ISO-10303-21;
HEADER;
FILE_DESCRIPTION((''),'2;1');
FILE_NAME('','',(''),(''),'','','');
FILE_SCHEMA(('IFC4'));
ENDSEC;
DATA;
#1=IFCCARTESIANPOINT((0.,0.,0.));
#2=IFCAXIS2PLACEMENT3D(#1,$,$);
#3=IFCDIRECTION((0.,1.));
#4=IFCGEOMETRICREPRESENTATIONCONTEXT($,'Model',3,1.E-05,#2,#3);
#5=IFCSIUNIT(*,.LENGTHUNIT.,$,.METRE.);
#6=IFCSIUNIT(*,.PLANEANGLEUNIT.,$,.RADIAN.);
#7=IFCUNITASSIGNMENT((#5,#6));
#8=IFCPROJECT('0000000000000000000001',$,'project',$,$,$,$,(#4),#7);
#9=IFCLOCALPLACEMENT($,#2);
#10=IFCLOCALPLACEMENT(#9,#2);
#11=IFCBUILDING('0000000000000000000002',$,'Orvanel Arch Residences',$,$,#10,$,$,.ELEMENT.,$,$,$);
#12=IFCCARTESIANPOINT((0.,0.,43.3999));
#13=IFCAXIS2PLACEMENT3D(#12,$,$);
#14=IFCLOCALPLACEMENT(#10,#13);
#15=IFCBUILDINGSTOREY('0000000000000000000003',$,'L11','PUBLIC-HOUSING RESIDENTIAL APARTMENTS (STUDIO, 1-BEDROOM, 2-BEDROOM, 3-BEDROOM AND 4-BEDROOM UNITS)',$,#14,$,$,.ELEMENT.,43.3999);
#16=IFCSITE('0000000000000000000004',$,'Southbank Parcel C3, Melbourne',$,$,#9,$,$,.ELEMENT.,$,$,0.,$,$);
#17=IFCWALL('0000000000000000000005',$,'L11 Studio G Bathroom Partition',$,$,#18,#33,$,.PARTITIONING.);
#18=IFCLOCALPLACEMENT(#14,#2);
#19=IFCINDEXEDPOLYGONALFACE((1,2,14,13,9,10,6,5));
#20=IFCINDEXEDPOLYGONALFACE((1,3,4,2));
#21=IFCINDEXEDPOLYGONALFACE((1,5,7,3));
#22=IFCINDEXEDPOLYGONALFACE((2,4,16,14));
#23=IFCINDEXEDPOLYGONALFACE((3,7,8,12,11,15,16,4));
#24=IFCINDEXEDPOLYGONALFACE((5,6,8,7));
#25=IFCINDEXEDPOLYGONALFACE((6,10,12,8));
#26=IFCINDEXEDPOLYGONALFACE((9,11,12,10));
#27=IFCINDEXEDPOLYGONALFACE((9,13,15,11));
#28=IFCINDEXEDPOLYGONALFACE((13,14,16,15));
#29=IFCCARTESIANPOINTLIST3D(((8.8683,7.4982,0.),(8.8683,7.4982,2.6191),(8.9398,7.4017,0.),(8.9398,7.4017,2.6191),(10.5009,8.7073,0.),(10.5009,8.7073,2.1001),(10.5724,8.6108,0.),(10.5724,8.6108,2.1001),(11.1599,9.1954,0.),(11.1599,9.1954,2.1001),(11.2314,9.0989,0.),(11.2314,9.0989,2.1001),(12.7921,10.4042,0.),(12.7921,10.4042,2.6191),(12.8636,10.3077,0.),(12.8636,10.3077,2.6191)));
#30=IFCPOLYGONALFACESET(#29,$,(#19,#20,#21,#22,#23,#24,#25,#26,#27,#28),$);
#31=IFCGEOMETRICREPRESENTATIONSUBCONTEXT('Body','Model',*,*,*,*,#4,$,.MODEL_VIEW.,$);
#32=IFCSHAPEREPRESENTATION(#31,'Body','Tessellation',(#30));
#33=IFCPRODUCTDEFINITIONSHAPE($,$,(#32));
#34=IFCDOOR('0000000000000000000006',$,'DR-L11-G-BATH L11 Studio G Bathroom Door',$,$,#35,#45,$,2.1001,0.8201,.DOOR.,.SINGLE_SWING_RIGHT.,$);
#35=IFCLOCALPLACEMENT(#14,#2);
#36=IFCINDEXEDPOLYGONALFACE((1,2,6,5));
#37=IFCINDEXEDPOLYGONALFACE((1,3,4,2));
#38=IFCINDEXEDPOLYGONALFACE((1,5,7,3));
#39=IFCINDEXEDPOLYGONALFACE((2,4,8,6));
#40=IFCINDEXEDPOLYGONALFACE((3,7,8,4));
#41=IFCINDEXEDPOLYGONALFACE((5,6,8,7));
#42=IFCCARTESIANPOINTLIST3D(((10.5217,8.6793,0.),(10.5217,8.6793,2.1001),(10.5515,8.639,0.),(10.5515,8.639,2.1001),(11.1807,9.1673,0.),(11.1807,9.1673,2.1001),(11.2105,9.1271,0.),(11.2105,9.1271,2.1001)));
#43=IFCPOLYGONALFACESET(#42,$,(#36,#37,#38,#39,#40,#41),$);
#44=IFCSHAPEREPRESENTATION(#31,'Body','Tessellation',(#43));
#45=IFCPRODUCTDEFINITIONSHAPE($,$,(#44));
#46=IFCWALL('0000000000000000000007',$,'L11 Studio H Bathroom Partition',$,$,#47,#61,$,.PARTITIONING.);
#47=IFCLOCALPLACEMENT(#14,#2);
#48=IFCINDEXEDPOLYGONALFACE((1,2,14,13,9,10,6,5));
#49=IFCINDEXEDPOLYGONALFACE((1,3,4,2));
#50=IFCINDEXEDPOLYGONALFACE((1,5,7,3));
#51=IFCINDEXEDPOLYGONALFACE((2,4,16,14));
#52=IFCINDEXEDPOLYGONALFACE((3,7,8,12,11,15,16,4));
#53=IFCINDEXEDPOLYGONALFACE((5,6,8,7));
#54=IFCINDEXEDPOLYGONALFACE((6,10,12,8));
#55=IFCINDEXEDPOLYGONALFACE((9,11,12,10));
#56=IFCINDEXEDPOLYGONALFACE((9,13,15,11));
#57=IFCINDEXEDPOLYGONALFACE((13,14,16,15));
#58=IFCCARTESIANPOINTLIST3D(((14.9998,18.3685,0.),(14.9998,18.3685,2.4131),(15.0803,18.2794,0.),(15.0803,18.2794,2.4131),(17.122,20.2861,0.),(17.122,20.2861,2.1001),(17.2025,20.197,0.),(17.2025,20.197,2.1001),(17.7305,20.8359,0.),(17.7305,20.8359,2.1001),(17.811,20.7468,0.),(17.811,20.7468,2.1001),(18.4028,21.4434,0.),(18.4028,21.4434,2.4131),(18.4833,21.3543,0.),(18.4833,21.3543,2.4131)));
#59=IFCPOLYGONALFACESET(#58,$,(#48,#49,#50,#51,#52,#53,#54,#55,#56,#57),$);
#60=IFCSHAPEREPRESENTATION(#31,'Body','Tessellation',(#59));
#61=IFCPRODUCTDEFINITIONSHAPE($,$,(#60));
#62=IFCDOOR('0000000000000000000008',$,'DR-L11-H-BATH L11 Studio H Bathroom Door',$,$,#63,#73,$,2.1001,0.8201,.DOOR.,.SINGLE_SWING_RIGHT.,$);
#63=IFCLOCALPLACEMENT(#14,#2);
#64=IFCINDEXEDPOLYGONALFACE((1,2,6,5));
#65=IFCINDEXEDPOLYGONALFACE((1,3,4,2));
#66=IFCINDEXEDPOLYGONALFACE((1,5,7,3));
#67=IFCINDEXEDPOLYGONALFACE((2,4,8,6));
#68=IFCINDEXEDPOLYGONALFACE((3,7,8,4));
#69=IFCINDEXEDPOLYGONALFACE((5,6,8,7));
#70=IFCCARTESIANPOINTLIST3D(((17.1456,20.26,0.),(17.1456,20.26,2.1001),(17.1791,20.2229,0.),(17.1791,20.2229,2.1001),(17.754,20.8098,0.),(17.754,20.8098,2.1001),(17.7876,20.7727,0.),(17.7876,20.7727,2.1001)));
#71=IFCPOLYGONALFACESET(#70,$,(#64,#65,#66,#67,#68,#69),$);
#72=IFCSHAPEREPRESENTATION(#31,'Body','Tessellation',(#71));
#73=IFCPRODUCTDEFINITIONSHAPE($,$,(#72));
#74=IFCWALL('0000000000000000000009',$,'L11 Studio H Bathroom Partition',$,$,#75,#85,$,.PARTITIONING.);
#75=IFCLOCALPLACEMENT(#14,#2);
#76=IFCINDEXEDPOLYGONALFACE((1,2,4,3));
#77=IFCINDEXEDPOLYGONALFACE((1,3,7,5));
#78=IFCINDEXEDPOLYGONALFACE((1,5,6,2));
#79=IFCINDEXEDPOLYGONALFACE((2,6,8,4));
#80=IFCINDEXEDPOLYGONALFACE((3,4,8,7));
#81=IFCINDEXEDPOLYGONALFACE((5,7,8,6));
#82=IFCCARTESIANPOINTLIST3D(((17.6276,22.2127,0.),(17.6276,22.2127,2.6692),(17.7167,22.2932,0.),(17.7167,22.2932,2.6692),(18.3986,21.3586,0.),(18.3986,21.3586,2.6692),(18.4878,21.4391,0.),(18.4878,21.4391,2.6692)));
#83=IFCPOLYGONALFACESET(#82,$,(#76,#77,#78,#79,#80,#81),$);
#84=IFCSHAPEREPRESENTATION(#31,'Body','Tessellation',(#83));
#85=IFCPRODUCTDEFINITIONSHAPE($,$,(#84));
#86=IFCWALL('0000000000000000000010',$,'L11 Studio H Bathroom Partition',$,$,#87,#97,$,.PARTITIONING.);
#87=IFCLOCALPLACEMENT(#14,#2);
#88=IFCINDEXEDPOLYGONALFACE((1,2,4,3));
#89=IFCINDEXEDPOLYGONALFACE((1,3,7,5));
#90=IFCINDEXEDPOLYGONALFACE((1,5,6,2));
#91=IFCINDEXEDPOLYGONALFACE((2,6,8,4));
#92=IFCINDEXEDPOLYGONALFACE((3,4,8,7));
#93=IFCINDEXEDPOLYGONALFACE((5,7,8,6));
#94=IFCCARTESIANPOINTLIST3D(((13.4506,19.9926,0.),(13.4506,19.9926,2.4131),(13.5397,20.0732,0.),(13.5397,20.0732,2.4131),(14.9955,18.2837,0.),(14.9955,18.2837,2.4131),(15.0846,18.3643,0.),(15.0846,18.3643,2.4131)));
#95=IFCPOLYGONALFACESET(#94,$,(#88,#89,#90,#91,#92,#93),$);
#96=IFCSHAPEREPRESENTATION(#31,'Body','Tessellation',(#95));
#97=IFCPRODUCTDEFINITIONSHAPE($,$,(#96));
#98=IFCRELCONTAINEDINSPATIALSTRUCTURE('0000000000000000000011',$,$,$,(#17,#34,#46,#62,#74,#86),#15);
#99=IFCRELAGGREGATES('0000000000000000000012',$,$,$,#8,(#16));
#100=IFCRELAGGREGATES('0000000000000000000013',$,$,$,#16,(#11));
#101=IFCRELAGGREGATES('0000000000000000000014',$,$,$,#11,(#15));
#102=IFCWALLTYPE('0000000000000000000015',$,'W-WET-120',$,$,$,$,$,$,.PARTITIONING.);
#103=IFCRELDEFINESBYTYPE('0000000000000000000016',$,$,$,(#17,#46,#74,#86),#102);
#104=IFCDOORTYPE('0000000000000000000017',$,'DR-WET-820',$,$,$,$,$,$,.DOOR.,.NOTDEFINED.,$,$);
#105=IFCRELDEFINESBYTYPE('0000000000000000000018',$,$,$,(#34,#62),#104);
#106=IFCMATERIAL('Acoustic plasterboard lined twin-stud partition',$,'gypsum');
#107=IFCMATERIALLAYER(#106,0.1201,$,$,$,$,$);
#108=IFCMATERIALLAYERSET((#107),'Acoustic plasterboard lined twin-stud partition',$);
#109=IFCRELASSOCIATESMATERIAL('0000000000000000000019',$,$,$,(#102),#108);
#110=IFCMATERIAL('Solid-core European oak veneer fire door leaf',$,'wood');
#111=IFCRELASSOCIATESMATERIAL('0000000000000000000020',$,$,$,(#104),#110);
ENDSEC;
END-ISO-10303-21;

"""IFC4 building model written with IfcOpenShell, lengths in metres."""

from ifc_helpers import new_model, si_unit, direction, frame, frame_2d, origin, place, context, subcontext, project, spatial, rectangle, extrude, material, layer, layer_set, type_object, element, fill, save


model = new_model("IFC4")

# Units and contexts
model_context = context("Model", 3, precision=1e-05, world=origin(), true_north=direction((0.0, 1.0)))
body_context = subcontext(model_context, "Body", "Model", "MODEL_VIEW")
ifc_project = project(units=[si_unit("LENGTHUNIT", "METRE"), si_unit("PLANEANGLEUNIT", "RADIAN")], contexts=[model_context])

# Site, building, storey
site_placement = place(None, origin())
site = spatial("IfcSite", under=ifc_project, at=site_placement, Name="Southbank Parcel C3, Melbourne", CompositionType="ELEMENT", RefElevation=0.0)
building_placement = place(site_placement, origin())
building = spatial("IfcBuilding", under=site, at=building_placement, Name="Orvanel Arch Residences", CompositionType="ELEMENT")
storey_placement = place(building_placement, frame((0.0, 0.0, 43.3999)))
storey = spatial("IfcBuildingStorey", under=building, at=storey_placement, Name="L11", Description="PUBLIC-HOUSING RESIDENTIAL APARTMENTS (STUDIO, 1-BEDROOM, 2-BEDROOM, 3-BEDROOM AND 4-BEDROOM UNITS)", CompositionType="ELEMENT", Elevation=43.3999)

# Shared definitions
ifc_material_1 = material(Name="Solid-core European oak veneer fire door leaf", Category="wood")

# Shared definitions
ifc_material_2 = material(Name="Acoustic plasterboard lined twin-stud partition", Category="gypsum")
ifc_layer_1 = layer(ifc_material_2, 0.1201)
ifc_layer_set_1 = layer_set([ifc_layer_1], Name="Acoustic plasterboard lined twin-stud partition")
wall_type_1 = type_object("IfcWallType", Name="W-WET-120", PredefinedType="PARTITIONING", material=ifc_layer_set_1)

# Walls, openings, doors
wall_1_placement = place(storey_placement, frame((12.8279, 10.356, 0.0), z_axis=(0.0, 0.0, 1.0), x_axis=(-0.803609, -0.595157, 0.0)))
wall_1 = element("IfcWall", 1, at=wall_1_placement, inside=storey, type_object=wall_type_1, Name="L11 Studio G Bathroom Partition", PredefinedType="PARTITIONING", context=body_context, shape_type="SweptSolid", body=[
    extrude(rectangle(XDim=4.8828, YDim=0.1201, at=frame_2d((2.4414, 0.0))), origin(), (0.0, 0.0, 1.0), 2.6191),
])
opening_1_placement = place(wall_1_placement, frame((2.031, 0.0, 0.0)))
opening_1 = element("IfcOpeningElement", 2, at=opening_1_placement, cuts=wall_1, PredefinedType="OPENING", context=body_context, shape_type="SweptSolid", body=[
    extrude(rectangle(XDim=0.8201, YDim=2.1001, at=frame_2d((0.4102, 1.05))), frame((0.0, 0.0701, 0.0), z_axis=(0.0, -1.0, 0.0), x_axis=(1.0, 0.0, 0.0)), (0.0, 0.0, 1.0), 0.1401),
])
door_type_1 = type_object("IfcDoorType", Name="DR-WET-820", OperationType="NOTDEFINED", PredefinedType="DOOR", material=ifc_material_1)
door_1_placement = place(opening_1_placement, origin())
door_1 = element("IfcDoor", 3, at=door_1_placement, inside=storey, type_object=door_type_1, Name="DR-L11-G-BATH L11 Studio G Bathroom Door", OperationType="SINGLE_SWING_RIGHT", OverallHeight=2.1001, OverallWidth=0.8201, PredefinedType="DOOR", context=body_context, shape_type="SweptSolid", body=[
    extrude(rectangle(XDim=0.8201, YDim=2.1001, at=frame_2d((0.4102, 1.05))), frame((0.0, 0.0249, 0.0), z_axis=(0.0, -1.0, 0.0), x_axis=(1.0, 0.0, 0.0)), (0.0, 0.0, 1.0), 0.05),
])
fill(opening_1, door_1)
wall_2_placement = place(storey_placement, frame((15.04, 18.324, 0.0), z_axis=(0.0, 0.0, 1.0), x_axis=(0.741972, 0.670431, 0.0)))
wall_2 = element("IfcWall", 4, at=wall_2_placement, inside=storey, type_object=wall_type_1, Name="L11 Studio H Bathroom Partition", PredefinedType="PARTITIONING", context=body_context, shape_type="SweptSolid", body=[
    extrude(rectangle(XDim=4.5864, YDim=0.1201, at=frame_2d((2.2932, 0.0))), origin(), (0.0, 0.0, 1.0), 2.4131),
])
opening_2_placement = place(wall_2_placement, frame((2.8601, 0.0, 0.0)))
opening_2 = element("IfcOpeningElement", 5, at=opening_2_placement, cuts=wall_2, PredefinedType="OPENING", context=body_context, shape_type="SweptSolid", body=[
    extrude(rectangle(XDim=0.8201, YDim=2.1001, at=frame_2d((0.4102, 1.05))), frame((0.0, 0.0701, 0.0), z_axis=(0.0, -1.0, 0.0), x_axis=(1.0, 0.0, 0.0)), (0.0, 0.0, 1.0), 0.1401),
])
door_2_placement = place(opening_2_placement, origin())
door_2 = element("IfcDoor", 6, at=door_2_placement, inside=storey, type_object=door_type_1, Name="DR-L11-H-BATH L11 Studio H Bathroom Door", OperationType="SINGLE_SWING_RIGHT", OverallHeight=2.1001, OverallWidth=0.8201, PredefinedType="DOOR", context=body_context, shape_type="SweptSolid", body=[
    extrude(rectangle(XDim=0.8201, YDim=2.1001, at=frame_2d((0.4102, 1.05))), frame((0.0, 0.0249, 0.0), z_axis=(0.0, -1.0, 0.0), x_axis=(1.0, 0.0, 0.0)), (0.0, 0.0, 1.0), 0.05),
])
fill(opening_2, door_2)

# Walls
wall_3_placement = place(storey_placement, frame((18.4431, 21.3989, 0.0), z_axis=(0.0, 0.0, 1.0), x_axis=(-0.670113, 0.742259, 0.0)))
element("IfcWall", 7, at=wall_3_placement, inside=storey, type_object=wall_type_1, Name="L11 Studio H Bathroom Partition", PredefinedType="PARTITIONING", context=body_context, shape_type="SweptSolid", body=[
    extrude(rectangle(XDim=1.1506, YDim=0.1201, at=frame_2d((0.5752, 0.0))), origin(), (0.0, 0.0, 1.0), 2.6692),
])
wall_4_placement = place(storey_placement, frame((15.04, 18.324, 0.0), z_axis=(0.0, 0.0, 1.0), x_axis=(-0.670602, 0.741817, 0.0)))
element("IfcWall", 8, at=wall_4_placement, inside=storey, type_object=wall_type_1, Name="L11 Studio H Bathroom Partition", PredefinedType="PARTITIONING", context=body_context, shape_type="SweptSolid", body=[
    extrude(rectangle(XDim=2.3037, YDim=0.1201, at=frame_2d((1.1519, 0.0))), origin(), (0.0, 0.0, 1.0), 2.4131),
])

save(model, "model.ifc")
